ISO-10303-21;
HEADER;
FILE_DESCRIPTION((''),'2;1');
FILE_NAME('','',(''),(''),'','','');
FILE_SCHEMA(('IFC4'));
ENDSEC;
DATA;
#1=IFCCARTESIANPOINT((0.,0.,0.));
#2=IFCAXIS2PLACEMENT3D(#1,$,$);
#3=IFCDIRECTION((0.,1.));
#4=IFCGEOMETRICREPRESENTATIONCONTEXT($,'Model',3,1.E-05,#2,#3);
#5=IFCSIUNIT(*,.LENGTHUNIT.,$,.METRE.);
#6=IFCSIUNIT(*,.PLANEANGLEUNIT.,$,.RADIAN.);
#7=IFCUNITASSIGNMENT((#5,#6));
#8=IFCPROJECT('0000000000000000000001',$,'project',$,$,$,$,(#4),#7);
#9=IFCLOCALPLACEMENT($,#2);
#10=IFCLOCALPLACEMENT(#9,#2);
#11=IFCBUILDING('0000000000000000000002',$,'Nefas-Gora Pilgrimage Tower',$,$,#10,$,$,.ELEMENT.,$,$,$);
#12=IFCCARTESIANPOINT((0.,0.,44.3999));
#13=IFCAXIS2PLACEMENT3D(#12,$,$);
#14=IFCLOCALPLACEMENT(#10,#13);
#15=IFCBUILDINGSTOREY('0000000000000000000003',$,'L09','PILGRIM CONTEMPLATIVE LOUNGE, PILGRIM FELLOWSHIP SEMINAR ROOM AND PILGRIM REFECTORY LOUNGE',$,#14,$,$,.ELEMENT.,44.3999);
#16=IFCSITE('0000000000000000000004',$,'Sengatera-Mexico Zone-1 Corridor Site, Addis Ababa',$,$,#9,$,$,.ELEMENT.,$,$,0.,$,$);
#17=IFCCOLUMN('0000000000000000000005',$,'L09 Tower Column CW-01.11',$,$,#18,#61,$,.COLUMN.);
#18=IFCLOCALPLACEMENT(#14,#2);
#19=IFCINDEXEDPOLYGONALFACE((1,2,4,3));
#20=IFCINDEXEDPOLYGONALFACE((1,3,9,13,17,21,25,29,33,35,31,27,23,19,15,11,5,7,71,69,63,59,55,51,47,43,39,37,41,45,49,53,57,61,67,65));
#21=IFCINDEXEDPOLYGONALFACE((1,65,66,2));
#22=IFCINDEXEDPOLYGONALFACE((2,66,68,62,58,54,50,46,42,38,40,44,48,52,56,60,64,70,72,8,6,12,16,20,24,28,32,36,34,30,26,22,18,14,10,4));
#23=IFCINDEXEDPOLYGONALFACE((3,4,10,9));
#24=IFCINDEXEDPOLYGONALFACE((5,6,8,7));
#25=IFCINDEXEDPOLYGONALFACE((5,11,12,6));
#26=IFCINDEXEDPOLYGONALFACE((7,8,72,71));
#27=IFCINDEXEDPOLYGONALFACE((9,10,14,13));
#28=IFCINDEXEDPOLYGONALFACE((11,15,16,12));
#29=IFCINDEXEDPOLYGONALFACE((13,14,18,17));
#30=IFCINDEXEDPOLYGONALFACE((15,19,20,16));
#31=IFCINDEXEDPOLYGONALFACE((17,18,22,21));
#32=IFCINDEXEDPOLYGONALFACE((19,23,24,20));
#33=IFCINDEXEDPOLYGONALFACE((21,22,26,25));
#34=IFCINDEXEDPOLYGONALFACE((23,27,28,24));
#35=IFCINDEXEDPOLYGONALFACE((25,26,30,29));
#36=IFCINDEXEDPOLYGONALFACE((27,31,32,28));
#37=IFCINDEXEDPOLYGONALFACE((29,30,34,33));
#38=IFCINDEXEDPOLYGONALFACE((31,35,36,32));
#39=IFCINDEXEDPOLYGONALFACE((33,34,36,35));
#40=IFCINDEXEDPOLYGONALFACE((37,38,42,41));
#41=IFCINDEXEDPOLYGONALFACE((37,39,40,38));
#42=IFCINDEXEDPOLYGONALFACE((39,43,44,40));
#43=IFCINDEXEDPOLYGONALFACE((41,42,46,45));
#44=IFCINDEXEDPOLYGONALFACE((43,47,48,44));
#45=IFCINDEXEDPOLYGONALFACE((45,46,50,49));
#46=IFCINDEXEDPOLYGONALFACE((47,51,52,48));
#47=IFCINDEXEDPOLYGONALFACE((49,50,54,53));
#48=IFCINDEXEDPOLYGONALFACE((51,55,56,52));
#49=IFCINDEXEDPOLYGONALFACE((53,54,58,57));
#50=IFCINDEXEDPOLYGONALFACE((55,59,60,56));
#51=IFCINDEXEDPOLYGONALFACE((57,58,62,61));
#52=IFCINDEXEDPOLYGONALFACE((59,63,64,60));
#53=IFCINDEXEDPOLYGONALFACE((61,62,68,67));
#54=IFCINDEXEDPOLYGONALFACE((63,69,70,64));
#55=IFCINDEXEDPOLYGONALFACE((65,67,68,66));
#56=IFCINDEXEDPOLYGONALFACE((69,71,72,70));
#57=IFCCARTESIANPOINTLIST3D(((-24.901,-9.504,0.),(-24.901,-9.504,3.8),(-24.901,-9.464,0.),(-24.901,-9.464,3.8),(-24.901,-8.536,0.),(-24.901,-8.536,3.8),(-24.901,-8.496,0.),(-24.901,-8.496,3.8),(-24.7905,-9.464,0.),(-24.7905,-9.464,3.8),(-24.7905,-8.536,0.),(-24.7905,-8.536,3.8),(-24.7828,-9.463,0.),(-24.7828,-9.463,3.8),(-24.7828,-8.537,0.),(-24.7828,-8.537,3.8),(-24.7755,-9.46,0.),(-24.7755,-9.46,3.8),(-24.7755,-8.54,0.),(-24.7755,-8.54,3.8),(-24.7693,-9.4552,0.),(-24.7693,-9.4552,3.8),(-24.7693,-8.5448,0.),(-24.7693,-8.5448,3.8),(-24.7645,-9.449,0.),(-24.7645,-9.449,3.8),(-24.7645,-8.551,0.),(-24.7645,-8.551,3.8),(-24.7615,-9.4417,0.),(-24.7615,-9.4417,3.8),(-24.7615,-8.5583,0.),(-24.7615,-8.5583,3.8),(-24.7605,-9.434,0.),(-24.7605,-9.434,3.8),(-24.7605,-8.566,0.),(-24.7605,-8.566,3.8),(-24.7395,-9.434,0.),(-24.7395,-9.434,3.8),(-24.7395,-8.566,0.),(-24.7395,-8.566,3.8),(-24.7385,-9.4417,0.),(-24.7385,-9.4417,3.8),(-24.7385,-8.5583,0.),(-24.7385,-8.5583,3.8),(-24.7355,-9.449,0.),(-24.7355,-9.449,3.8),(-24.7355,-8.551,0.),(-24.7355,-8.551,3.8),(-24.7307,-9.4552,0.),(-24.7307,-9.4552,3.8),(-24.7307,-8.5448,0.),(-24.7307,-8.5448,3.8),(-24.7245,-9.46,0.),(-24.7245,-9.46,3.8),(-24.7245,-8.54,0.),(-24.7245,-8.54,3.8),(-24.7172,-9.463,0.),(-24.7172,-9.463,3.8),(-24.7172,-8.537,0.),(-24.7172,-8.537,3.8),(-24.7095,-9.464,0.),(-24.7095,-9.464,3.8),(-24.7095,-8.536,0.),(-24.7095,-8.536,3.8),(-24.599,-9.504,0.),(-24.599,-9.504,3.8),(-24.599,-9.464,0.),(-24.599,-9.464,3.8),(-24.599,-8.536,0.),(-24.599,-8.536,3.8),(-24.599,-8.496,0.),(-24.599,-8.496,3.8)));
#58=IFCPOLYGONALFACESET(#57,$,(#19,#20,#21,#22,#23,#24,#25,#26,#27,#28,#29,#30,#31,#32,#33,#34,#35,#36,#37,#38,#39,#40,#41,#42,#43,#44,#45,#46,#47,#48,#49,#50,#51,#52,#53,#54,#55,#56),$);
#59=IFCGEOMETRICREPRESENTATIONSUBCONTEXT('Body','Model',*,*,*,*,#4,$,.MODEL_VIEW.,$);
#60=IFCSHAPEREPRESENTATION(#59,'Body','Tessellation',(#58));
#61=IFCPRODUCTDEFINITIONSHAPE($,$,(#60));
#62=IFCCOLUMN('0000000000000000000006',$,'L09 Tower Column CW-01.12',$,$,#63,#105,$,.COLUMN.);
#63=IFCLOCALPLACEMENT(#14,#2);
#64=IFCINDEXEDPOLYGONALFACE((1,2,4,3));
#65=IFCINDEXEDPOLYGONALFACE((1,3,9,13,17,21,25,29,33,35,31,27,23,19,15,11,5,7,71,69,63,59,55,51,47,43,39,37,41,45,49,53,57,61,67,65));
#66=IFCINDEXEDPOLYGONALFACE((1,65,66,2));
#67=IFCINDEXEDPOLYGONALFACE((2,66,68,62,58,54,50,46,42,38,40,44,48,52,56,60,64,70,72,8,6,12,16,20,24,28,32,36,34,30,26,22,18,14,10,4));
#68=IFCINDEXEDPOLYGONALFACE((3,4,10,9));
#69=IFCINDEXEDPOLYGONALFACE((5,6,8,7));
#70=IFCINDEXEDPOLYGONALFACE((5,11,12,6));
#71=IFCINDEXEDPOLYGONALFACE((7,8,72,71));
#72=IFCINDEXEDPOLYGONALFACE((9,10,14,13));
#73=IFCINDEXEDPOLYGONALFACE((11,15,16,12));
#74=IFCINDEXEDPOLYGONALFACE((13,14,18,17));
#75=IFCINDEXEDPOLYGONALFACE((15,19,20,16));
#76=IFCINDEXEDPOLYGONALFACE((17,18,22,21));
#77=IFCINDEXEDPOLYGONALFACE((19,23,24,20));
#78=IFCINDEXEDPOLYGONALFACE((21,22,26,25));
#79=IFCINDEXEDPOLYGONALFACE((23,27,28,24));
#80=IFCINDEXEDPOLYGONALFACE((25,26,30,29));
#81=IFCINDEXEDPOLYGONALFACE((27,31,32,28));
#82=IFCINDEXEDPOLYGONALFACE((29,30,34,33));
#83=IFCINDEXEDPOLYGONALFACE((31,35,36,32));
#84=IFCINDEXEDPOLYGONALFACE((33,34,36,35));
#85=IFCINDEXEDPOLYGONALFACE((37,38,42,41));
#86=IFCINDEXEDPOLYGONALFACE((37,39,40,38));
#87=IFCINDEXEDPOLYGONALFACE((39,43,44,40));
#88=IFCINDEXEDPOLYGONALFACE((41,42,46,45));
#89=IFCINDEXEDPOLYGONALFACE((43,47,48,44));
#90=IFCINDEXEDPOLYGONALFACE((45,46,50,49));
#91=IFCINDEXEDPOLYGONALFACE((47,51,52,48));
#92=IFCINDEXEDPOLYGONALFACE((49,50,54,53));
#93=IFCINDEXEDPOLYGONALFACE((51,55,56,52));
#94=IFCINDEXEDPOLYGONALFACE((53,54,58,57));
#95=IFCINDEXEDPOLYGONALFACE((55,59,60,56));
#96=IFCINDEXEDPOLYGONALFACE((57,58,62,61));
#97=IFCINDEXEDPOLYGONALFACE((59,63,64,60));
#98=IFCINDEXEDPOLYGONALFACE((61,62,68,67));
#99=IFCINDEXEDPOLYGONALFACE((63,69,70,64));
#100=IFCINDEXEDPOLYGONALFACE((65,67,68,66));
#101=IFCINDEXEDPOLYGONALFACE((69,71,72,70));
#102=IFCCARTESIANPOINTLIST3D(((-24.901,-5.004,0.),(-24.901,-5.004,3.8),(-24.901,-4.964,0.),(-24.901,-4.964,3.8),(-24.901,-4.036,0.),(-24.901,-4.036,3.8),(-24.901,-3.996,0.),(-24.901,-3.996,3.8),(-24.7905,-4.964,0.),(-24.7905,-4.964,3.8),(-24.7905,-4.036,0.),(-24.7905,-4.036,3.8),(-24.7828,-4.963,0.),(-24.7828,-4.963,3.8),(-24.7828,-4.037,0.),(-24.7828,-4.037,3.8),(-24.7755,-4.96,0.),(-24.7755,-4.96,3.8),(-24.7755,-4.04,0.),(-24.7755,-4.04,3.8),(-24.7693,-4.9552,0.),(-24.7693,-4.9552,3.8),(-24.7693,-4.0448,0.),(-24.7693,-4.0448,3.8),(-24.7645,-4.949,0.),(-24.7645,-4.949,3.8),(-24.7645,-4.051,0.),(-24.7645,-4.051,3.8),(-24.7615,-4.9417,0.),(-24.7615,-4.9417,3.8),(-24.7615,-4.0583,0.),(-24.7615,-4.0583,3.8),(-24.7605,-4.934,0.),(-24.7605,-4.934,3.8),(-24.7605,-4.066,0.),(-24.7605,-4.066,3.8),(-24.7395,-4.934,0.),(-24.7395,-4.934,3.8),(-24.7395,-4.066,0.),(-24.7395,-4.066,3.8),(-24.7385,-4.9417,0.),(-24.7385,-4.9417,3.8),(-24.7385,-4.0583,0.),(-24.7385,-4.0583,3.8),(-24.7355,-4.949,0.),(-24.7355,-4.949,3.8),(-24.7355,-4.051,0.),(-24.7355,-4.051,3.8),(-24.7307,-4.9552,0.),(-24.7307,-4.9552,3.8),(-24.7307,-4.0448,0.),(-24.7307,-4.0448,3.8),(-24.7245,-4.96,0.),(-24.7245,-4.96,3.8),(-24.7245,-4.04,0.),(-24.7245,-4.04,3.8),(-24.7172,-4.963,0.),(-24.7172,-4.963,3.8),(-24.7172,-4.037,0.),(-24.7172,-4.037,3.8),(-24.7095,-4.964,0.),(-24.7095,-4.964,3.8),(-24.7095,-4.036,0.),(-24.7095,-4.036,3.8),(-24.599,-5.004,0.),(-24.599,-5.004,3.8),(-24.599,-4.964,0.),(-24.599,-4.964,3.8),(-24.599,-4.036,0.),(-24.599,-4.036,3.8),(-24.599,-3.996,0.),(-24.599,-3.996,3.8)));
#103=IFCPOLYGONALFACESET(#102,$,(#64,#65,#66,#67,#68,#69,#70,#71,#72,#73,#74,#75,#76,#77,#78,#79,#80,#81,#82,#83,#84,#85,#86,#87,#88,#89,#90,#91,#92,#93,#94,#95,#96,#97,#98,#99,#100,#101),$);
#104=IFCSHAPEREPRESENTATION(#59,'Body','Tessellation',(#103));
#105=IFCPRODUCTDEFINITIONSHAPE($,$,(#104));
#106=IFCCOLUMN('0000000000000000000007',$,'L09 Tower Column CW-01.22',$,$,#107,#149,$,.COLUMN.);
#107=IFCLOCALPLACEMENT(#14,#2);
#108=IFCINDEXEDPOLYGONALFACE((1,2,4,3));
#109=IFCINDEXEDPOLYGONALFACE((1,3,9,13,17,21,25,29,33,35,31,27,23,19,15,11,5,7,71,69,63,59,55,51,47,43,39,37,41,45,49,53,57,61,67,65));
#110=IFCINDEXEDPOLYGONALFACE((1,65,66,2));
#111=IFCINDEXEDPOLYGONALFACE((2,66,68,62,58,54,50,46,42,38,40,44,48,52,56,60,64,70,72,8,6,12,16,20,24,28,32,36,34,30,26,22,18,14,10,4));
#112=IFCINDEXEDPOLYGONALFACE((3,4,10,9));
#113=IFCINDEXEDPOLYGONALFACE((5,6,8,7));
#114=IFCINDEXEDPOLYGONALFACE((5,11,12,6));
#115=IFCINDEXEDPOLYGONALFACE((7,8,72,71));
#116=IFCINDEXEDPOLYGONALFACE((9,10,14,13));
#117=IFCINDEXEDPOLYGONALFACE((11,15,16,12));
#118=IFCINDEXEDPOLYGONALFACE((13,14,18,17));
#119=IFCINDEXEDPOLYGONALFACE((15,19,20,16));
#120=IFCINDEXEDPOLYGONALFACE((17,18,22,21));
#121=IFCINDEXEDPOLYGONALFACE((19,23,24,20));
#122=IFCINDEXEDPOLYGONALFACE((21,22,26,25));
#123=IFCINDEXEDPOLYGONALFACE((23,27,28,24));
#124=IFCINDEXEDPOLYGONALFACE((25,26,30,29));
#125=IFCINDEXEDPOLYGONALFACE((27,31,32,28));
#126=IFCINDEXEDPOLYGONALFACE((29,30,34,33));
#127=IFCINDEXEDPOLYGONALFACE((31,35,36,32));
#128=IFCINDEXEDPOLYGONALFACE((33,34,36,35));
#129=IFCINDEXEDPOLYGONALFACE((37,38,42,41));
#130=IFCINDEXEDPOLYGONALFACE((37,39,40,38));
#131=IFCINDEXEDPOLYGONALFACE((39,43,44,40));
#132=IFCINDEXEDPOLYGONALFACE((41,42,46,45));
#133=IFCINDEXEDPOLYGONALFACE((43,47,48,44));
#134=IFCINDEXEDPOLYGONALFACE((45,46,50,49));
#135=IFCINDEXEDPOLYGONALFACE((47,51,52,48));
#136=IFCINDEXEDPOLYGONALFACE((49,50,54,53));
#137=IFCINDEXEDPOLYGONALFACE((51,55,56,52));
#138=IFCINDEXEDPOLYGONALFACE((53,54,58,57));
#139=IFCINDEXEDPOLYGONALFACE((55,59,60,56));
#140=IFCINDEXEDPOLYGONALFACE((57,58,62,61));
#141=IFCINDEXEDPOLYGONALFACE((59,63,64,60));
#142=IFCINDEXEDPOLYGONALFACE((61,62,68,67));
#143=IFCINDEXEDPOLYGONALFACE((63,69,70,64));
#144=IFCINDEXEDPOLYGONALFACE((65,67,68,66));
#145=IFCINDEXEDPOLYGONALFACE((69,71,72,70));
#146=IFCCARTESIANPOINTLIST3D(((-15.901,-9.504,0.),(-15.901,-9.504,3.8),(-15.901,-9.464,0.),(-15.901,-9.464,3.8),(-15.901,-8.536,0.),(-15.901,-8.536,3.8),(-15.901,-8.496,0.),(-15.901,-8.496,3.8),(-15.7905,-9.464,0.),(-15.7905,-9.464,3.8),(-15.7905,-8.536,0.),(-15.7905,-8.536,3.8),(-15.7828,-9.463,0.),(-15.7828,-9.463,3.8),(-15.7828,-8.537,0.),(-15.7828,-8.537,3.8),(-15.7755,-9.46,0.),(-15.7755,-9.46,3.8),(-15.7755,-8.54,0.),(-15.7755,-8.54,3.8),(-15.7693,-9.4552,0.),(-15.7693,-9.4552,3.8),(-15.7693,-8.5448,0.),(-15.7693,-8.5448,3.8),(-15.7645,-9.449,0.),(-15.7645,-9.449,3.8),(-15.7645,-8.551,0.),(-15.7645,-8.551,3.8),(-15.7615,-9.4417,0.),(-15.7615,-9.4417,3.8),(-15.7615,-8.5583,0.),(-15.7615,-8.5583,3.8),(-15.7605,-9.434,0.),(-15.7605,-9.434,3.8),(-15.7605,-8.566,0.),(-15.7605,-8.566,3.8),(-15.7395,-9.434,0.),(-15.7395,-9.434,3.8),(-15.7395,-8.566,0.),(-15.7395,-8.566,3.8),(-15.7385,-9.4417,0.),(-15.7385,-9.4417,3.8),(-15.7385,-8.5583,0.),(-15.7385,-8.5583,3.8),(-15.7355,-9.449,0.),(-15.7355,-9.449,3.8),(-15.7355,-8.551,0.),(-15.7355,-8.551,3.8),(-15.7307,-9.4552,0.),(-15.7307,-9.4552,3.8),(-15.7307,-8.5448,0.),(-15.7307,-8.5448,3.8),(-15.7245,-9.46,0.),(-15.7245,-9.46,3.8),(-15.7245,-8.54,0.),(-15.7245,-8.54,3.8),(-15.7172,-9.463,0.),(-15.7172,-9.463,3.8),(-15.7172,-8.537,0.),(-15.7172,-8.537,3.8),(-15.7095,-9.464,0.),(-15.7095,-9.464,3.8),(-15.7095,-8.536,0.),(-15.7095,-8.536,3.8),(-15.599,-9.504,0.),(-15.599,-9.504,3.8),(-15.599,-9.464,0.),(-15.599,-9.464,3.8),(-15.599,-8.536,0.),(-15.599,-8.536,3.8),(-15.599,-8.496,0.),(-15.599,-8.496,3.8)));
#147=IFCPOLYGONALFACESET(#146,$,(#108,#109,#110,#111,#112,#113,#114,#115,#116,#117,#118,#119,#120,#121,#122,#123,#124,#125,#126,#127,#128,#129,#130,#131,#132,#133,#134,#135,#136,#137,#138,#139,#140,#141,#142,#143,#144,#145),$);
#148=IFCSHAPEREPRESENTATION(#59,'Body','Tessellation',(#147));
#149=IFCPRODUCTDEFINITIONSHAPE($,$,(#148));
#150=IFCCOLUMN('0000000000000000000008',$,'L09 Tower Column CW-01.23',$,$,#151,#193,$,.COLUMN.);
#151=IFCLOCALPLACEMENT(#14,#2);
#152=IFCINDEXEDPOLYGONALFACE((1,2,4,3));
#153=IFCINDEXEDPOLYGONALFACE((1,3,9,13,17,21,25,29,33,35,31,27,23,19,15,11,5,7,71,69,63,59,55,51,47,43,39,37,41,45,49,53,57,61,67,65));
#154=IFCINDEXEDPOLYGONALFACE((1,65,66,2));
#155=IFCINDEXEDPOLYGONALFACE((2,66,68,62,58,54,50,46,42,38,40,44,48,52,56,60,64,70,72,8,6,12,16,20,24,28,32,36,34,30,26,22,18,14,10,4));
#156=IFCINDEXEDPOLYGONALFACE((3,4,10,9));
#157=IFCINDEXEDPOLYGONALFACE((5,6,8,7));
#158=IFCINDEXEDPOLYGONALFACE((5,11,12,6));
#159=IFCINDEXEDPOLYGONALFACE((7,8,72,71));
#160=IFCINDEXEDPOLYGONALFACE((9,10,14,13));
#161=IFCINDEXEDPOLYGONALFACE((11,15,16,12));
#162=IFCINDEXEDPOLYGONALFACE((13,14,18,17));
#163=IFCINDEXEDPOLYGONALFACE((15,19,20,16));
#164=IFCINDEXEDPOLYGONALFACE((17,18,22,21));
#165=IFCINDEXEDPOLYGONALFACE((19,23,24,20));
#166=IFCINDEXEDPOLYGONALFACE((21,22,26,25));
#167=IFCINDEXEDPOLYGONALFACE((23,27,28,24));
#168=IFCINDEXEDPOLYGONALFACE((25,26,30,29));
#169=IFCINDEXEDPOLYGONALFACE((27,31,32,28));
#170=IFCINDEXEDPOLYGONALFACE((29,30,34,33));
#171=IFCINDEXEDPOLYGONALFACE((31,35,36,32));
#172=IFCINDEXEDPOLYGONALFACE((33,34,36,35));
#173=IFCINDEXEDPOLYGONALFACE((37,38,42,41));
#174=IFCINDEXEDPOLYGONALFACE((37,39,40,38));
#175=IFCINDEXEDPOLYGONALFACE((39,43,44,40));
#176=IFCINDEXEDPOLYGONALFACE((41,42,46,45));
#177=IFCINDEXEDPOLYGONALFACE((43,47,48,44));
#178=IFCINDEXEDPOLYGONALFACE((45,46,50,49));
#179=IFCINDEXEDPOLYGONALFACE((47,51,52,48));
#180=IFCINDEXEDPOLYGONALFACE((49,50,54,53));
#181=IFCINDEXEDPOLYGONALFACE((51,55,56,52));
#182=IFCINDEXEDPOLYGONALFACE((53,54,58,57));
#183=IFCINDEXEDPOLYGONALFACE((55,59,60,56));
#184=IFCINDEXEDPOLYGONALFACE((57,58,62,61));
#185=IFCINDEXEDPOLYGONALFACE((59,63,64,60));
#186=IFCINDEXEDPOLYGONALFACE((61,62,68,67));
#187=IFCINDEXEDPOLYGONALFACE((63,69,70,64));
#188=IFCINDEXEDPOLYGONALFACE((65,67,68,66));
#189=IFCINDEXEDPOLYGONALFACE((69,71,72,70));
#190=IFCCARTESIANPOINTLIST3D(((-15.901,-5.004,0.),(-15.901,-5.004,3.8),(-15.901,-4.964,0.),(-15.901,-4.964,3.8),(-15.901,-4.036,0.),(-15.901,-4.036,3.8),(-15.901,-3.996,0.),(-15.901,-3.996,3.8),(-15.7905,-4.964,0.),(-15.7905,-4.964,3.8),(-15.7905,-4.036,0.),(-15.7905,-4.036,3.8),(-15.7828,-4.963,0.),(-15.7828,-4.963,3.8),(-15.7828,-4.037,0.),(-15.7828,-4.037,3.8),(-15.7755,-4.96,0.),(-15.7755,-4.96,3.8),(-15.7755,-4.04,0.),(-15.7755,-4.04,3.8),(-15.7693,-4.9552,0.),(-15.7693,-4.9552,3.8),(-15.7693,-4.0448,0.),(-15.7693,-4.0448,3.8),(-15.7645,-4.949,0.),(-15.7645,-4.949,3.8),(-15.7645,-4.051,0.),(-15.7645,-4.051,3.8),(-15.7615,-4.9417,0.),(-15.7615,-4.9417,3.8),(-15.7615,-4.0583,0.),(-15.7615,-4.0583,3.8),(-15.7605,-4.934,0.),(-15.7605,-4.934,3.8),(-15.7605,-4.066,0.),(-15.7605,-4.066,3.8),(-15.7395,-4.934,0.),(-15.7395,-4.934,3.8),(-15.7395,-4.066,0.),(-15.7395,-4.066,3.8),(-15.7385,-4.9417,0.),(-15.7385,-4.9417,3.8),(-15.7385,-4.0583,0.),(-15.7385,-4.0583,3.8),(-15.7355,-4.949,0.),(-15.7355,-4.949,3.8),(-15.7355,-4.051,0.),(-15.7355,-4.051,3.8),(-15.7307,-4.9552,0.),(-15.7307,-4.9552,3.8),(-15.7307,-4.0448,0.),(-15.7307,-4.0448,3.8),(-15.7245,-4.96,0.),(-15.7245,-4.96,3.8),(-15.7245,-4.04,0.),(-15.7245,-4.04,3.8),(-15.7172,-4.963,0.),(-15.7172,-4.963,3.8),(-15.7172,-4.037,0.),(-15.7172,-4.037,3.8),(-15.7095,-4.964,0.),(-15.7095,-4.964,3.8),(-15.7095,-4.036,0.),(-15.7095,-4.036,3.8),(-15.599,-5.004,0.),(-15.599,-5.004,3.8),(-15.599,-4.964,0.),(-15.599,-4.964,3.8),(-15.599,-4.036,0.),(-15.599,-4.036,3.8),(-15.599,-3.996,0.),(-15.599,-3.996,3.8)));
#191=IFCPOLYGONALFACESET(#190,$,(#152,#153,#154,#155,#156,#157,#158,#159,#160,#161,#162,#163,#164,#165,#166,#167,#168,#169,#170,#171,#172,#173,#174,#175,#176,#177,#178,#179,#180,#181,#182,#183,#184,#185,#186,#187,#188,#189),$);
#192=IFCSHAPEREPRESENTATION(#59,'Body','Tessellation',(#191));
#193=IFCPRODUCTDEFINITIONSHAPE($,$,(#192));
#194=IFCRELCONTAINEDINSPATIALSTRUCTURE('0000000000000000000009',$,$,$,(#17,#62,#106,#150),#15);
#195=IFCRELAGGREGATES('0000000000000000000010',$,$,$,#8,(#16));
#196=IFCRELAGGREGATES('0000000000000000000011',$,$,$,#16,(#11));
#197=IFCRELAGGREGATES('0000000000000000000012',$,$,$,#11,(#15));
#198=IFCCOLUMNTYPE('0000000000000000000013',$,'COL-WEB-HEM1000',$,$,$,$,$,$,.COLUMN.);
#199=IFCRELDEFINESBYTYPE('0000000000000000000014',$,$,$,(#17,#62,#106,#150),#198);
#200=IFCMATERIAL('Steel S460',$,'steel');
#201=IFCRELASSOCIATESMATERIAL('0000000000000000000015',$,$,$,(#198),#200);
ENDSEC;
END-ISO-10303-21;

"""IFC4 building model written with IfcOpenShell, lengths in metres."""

from ifc_helpers import new_model, si_unit, direction, frame, origin, origin_2d, place, context, subcontext, project, spatial, i_section, extrude, source, transform, mapped, material, material_profile, profile_set, type_object, element, save


model = new_model("IFC4")

# Units and contexts
model_context = context("Model", 3, precision=1e-05, world=origin(), true_north=direction((0.0, 1.0)))
body_context = subcontext(model_context, "Body", "Model", "MODEL_VIEW")
ifc_project = project(units=[si_unit("LENGTHUNIT", "METRE"), si_unit("PLANEANGLEUNIT", "RADIAN")], contexts=[model_context])

# Site, building, storey
site_placement = place(None, origin())
site = spatial("IfcSite", under=ifc_project, at=site_placement, Name="Sengatera-Mexico Zone-1 Corridor Site, Addis Ababa", CompositionType="ELEMENT", RefElevation=0.0)
building_placement = place(site_placement, origin())
building = spatial("IfcBuilding", under=site, at=building_placement, Name="Nefas-Gora Pilgrimage Tower", CompositionType="ELEMENT")
storey_placement = place(building_placement, frame((0.0, 0.0, 44.3999)))
storey = spatial("IfcBuildingStorey", under=building, at=storey_placement, Name="L09", Description="PILGRIM CONTEMPLATIVE LOUNGE, PILGRIM FELLOWSHIP SEMINAR ROOM AND PILGRIM REFECTORY LOUNGE", CompositionType="ELEMENT", Elevation=44.3999)

# Columns
ifc_material_1 = material(Name="Steel S460", Category="steel")
ifc_material_profile_1 = material_profile(ifc_material_1, i_section(OverallWidth=0.302, OverallDepth=1.0081, WebThickness=0.021, FlangeThickness=0.04, FilletRadius=0.03, at=origin_2d()), Name="HEM 1000")
ifc_profile_set_1 = profile_set([ifc_material_profile_1], Name="Steel S460")
column_type_1 = type_object("IfcColumnType", Name="COL-WEB-HEM1000", PredefinedType="COLUMN", material=ifc_profile_set_1)
shared_shape_1 = source(origin(), body_context, "Body", "SweptSolid", [
    extrude(i_section(OverallWidth=0.302, OverallDepth=1.0081, WebThickness=0.021, FlangeThickness=0.04, FilletRadius=0.03, at=origin_2d()), origin(), (0.0, 0.0, 1.0), 3.8),
])
for number, where, z_axis, x_axis, name in (
    (1, (-24.75, -9.0, 0.0), (0.0, 0.0, 1.0), (1.0, 0.0, 0.0), "L09 Tower Column CW-01.11"),
    (2, (-24.75, -4.5, 0.0), (0.0, 0.0, 1.0), (1.0, 0.0, 0.0), "L09 Tower Column CW-01.12"),
    (3, (-15.75, -9.0, 0.0), (0.0, 0.0, 1.0), (1.0, 0.0, 0.0), "L09 Tower Column CW-01.22"),
    (4, (-15.75, -4.5, 0.0), (0.0, 0.0, 1.0), (1.0, 0.0, 0.0), "L09 Tower Column CW-01.23"),
):
    element("IfcColumn", number, at=place(storey_placement, frame(where, z_axis=z_axis, x_axis=x_axis)), inside=storey, type_object=column_type_1, Name=name, PredefinedType="COLUMN", context=body_context, shape_type="MappedRepresentation", body=[
        mapped(shared_shape_1, transform((0.0, 0.0, 0.0), x_axis=(1.0, 0.0, 0.0), y_axis=(0.0, 1.0, 0.0), z_axis=(0.0, 0.0, 1.0), scale=1.0)),
    ])

save(model, "model.ifc")
